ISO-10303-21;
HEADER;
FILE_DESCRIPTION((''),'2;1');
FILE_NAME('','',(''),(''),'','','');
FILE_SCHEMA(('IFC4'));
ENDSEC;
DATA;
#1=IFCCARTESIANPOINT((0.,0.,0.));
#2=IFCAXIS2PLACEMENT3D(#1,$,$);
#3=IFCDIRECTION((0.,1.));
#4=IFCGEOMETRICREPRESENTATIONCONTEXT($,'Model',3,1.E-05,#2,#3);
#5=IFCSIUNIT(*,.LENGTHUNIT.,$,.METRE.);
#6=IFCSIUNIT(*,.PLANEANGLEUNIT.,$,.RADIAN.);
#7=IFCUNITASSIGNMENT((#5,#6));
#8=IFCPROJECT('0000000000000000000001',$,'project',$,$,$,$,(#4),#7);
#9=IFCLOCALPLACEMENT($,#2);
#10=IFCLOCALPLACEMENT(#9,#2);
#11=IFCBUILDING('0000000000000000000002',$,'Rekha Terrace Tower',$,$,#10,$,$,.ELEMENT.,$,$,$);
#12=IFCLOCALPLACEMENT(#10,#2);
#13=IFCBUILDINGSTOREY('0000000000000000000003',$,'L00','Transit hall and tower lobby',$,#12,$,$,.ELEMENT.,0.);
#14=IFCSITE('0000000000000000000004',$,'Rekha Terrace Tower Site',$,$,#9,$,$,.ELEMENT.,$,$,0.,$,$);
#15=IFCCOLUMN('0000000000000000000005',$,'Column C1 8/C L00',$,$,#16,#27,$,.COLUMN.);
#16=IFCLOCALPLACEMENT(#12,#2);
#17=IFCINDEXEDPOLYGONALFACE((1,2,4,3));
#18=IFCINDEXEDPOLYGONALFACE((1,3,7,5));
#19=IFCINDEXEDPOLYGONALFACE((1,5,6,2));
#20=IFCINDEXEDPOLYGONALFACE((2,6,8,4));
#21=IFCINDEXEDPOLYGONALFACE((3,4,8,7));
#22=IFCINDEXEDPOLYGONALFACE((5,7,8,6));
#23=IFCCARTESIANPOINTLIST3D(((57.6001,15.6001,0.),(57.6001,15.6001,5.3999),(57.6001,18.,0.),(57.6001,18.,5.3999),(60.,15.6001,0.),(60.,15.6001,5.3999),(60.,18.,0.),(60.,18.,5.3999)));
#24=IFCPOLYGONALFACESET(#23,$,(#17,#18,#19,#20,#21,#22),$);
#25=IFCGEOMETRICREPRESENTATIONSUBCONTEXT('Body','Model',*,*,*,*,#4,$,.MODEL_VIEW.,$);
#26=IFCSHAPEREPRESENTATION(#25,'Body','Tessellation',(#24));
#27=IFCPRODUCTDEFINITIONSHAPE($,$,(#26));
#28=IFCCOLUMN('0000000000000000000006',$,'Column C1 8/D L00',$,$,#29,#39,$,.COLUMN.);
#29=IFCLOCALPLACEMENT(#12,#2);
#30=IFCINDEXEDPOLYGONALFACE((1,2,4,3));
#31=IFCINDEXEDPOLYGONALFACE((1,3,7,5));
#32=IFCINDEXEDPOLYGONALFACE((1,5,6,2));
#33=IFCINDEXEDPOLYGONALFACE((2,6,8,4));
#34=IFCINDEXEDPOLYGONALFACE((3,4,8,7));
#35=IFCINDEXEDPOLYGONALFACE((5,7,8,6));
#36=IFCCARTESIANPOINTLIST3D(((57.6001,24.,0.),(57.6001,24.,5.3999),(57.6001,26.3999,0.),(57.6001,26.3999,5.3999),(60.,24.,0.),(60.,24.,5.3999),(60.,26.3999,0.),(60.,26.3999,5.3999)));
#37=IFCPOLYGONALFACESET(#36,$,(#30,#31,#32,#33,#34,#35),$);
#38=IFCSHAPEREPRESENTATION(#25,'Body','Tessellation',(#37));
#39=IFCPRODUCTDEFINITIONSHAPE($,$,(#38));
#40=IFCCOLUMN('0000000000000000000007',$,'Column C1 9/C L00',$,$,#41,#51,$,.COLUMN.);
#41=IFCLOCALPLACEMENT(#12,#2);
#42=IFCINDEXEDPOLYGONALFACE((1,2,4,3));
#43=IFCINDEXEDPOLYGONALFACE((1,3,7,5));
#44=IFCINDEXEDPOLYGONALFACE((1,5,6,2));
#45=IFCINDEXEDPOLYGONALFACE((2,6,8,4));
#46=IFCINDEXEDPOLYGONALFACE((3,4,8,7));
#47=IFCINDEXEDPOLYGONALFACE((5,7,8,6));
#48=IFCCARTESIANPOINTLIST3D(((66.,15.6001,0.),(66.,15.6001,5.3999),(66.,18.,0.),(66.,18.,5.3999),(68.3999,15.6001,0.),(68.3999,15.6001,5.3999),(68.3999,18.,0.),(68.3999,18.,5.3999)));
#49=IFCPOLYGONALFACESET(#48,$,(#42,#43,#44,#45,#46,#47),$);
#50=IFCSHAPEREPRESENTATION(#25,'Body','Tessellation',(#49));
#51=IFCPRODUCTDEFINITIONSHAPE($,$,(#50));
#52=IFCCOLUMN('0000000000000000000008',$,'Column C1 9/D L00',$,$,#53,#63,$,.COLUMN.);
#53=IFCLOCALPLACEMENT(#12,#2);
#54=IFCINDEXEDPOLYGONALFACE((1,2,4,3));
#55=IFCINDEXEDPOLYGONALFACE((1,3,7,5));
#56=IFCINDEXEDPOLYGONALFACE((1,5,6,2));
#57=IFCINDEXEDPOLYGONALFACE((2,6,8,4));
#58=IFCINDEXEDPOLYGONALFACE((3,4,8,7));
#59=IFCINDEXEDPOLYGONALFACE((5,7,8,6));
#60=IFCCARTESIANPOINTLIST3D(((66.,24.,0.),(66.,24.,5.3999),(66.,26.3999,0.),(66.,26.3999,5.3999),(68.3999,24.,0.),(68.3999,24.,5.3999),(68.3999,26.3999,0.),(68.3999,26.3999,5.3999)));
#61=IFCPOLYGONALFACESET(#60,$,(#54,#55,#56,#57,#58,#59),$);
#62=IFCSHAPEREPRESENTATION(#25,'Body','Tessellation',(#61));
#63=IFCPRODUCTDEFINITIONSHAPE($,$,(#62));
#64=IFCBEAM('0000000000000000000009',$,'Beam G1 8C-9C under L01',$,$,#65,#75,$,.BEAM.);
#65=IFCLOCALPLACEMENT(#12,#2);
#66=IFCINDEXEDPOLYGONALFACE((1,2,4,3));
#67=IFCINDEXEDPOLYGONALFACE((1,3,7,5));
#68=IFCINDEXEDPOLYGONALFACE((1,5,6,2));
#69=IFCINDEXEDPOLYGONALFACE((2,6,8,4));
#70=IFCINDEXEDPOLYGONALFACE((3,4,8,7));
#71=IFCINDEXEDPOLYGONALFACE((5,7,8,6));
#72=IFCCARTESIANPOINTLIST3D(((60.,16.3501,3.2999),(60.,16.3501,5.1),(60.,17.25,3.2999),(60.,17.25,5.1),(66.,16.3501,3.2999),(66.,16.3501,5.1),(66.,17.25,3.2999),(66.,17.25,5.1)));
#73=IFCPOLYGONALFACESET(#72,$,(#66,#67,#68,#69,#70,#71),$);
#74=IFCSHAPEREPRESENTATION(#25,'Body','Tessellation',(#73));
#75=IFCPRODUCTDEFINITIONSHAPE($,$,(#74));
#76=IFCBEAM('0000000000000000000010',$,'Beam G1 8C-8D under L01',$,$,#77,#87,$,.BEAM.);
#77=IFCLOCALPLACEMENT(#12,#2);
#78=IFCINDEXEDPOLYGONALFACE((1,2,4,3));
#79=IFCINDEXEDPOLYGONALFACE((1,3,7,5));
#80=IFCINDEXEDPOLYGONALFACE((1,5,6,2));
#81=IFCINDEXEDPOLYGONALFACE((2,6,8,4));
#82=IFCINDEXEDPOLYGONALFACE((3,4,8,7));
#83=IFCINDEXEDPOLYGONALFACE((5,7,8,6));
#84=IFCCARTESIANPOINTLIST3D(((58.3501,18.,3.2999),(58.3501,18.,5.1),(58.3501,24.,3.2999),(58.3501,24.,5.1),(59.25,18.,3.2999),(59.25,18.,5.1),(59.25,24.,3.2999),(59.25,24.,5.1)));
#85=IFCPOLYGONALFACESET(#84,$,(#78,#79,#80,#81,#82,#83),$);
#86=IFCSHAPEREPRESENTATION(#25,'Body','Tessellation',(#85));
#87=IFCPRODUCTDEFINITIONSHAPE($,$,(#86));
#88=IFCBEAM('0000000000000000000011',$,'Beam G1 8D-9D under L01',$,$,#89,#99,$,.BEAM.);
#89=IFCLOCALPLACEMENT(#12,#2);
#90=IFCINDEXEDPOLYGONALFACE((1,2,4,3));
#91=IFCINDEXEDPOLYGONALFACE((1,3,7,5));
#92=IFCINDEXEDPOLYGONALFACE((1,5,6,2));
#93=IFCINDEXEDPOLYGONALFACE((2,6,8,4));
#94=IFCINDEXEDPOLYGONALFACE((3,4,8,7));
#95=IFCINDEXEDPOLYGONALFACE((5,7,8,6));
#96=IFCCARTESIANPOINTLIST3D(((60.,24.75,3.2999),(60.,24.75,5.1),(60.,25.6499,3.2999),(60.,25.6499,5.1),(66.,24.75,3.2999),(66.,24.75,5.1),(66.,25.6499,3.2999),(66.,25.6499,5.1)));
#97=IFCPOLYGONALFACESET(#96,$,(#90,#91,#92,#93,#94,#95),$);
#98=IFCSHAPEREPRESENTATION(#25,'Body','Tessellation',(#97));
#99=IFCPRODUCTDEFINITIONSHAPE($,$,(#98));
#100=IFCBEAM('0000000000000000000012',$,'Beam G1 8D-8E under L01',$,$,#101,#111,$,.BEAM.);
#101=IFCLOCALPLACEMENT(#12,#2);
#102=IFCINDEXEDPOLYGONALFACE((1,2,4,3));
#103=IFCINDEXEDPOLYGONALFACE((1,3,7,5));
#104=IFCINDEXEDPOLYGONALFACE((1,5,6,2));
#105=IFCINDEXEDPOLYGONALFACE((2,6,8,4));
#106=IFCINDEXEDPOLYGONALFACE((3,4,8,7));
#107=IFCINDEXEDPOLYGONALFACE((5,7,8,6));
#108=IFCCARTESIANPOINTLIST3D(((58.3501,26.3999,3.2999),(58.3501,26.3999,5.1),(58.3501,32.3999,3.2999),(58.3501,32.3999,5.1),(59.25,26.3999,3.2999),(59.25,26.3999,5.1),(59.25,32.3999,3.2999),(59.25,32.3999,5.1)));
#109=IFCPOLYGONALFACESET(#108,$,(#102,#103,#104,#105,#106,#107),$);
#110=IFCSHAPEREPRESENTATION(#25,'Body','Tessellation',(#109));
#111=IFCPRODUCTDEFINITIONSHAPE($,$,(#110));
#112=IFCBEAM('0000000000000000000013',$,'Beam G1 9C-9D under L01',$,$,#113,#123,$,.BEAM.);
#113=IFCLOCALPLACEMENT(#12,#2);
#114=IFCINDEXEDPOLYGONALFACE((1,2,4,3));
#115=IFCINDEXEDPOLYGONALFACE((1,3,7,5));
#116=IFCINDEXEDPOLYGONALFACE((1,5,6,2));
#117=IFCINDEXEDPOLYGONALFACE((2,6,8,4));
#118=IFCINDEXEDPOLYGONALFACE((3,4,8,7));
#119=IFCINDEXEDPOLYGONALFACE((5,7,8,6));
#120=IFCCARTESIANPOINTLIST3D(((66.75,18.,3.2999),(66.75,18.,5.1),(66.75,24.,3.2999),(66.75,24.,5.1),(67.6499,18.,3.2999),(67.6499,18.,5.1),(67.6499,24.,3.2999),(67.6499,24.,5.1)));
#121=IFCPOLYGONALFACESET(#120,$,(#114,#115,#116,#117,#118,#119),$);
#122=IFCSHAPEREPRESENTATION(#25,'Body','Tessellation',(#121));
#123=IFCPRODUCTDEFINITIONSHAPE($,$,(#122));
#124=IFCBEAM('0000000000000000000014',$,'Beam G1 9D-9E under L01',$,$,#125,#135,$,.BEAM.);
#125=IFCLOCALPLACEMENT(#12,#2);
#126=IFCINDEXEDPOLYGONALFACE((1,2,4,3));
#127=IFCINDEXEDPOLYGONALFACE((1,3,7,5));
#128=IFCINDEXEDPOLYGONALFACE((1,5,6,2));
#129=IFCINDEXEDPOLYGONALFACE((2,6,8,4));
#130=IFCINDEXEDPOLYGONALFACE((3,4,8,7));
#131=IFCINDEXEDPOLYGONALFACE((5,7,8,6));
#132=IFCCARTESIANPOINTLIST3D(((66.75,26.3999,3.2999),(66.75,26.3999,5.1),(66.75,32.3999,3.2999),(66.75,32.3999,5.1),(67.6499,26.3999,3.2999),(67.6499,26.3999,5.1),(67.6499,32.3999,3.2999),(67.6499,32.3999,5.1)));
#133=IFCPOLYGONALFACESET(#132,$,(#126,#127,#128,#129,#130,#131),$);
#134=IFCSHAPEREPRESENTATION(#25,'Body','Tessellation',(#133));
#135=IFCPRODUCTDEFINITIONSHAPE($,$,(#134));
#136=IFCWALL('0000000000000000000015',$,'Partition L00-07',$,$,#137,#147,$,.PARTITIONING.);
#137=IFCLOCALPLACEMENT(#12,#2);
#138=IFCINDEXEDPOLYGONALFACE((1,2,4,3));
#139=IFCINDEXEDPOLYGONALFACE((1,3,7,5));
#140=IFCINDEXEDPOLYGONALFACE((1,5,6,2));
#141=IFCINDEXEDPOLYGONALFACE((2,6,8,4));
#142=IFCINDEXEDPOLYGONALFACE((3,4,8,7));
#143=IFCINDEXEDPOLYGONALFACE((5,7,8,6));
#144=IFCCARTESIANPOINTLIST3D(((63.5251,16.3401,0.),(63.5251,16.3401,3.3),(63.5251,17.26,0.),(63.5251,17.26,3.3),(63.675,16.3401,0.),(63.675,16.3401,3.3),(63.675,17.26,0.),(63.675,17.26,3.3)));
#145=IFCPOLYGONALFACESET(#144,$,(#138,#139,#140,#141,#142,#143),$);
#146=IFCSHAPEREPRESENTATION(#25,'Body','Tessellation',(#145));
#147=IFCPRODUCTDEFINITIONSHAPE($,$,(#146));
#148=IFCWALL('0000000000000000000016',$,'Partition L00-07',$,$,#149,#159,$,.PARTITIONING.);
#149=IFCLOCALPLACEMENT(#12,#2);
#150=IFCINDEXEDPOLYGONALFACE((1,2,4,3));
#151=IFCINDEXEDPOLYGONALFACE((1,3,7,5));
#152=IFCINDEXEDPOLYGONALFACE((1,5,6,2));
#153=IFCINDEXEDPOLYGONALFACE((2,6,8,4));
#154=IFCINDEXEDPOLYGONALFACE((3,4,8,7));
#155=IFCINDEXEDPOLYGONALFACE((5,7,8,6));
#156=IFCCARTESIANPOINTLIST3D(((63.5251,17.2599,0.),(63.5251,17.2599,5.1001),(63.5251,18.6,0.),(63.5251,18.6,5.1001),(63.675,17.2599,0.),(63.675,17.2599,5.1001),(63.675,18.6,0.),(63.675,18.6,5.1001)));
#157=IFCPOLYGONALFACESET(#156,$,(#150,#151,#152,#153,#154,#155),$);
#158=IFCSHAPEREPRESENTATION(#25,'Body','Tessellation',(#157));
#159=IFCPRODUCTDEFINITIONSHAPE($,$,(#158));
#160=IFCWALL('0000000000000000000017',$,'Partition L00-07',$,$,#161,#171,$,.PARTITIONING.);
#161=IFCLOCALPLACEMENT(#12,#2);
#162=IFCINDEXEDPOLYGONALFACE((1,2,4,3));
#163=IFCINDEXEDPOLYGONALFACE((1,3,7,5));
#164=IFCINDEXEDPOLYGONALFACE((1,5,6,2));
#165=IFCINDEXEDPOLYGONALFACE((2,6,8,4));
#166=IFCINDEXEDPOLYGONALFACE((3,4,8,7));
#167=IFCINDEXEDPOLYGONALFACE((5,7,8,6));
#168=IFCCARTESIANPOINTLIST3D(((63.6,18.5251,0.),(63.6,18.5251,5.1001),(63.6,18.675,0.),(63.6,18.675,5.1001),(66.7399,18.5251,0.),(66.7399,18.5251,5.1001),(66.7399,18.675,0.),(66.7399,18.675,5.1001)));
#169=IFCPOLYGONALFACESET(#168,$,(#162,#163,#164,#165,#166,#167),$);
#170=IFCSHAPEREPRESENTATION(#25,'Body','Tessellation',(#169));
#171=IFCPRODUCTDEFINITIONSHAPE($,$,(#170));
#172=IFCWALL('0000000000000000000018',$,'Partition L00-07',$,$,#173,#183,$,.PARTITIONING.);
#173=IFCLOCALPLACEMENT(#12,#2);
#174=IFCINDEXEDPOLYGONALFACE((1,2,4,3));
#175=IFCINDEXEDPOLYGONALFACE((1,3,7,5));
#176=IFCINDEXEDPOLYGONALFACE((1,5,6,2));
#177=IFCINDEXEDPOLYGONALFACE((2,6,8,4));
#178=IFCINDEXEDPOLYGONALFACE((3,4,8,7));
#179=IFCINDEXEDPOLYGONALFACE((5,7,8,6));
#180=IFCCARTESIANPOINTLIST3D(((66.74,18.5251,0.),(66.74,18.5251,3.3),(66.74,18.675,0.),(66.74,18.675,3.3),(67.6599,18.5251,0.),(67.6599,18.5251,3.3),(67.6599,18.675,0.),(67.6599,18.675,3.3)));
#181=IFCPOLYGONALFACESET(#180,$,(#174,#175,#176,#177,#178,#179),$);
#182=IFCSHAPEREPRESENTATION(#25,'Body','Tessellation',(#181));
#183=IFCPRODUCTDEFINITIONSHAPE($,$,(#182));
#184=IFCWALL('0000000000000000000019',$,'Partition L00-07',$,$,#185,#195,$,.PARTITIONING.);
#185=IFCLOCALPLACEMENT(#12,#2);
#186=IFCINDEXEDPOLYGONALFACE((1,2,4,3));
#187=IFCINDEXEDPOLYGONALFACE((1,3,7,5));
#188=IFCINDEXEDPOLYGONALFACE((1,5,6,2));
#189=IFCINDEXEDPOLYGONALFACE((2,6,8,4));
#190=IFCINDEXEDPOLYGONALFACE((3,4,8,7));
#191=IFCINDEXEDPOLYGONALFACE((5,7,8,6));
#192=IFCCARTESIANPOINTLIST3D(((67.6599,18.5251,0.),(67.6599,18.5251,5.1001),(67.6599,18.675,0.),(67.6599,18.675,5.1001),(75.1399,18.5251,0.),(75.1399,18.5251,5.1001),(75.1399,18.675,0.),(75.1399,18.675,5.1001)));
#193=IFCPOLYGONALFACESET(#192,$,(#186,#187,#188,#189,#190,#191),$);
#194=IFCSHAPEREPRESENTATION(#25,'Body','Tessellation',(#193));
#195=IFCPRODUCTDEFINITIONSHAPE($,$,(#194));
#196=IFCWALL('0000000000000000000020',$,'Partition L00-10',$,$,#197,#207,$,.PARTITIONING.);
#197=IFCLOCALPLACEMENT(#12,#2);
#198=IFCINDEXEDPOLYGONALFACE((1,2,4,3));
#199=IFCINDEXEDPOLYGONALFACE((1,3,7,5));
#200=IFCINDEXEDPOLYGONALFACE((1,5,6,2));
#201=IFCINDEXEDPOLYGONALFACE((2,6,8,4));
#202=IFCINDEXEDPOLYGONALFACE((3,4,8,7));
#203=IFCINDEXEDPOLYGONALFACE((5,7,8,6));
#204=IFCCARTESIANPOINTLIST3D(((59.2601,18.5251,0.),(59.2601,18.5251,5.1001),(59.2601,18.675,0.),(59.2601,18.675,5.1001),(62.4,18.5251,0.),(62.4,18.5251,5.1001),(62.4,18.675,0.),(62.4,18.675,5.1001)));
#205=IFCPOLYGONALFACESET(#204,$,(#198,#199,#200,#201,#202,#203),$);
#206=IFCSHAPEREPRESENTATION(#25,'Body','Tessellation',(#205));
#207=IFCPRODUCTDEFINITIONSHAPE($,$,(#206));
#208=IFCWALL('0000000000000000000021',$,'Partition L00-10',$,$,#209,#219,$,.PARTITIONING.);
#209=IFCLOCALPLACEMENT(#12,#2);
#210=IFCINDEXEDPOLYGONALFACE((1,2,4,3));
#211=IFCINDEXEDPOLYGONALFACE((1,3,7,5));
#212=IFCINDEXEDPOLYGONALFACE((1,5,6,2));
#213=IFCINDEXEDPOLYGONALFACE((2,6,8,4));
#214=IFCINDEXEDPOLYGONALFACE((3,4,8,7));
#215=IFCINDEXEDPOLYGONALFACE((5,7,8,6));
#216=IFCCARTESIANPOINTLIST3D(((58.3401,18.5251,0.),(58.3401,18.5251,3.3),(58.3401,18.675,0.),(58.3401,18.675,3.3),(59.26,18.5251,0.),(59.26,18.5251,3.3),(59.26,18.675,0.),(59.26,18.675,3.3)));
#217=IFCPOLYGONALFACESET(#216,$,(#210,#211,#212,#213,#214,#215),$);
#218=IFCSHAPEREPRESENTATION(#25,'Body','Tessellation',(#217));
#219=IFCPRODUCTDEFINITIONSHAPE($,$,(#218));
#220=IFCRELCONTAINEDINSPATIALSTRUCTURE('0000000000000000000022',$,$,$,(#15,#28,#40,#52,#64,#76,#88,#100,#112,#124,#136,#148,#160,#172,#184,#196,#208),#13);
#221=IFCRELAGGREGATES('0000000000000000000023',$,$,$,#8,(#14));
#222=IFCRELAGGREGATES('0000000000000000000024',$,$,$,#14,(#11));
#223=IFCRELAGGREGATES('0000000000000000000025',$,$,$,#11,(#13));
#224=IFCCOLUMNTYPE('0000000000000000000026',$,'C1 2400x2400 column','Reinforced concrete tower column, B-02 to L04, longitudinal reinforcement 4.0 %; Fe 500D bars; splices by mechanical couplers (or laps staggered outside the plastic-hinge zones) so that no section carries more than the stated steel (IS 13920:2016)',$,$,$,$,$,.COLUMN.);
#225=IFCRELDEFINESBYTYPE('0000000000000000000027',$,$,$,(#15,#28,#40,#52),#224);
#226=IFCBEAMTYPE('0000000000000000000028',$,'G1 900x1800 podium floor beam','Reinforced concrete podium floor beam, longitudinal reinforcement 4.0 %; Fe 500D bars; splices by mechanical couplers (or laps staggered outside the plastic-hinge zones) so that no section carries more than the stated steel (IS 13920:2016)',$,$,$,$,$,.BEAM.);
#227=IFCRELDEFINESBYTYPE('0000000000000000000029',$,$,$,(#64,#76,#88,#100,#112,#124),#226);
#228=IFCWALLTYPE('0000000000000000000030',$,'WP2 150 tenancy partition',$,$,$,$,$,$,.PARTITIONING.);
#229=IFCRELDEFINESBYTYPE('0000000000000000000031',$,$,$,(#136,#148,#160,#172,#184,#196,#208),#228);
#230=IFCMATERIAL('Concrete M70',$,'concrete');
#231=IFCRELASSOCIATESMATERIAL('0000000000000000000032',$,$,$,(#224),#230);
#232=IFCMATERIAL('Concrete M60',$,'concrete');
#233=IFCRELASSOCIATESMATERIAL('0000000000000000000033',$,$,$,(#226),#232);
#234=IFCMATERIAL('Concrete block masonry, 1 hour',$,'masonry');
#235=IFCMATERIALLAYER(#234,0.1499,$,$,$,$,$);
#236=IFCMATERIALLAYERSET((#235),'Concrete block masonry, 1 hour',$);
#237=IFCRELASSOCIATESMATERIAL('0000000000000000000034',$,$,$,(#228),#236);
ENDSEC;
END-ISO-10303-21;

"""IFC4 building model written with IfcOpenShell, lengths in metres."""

from ifc_helpers import new_model, si_unit, direction, frame, frame_2d, origin, origin_2d, place, context, subcontext, project, spatial, rectangle, extrude, material, layer, layer_set, material_profile, profile_set, type_object, element, save


model = new_model("IFC4")

# Units and contexts
model_context = context("Model", 3, precision=1e-05, world=origin(), true_north=direction((0.0, 1.0)))
body_context = subcontext(model_context, "Body", "Model", "MODEL_VIEW")
ifc_project = project(units=[si_unit("LENGTHUNIT", "METRE"), si_unit("PLANEANGLEUNIT", "RADIAN")], contexts=[model_context])

# Site, building, storey
site_placement = place(None, origin())
site = spatial("IfcSite", under=ifc_project, at=site_placement, Name="Rekha Terrace Tower Site", CompositionType="ELEMENT", RefElevation=0.0)
building_placement = place(site_placement, origin())
building = spatial("IfcBuilding", under=site, at=building_placement, Name="Rekha Terrace Tower", CompositionType="ELEMENT")
storey_placement = place(building_placement, origin())
storey = spatial("IfcBuildingStorey", under=building, at=storey_placement, Name="L00", Description="Transit hall and tower lobby", CompositionType="ELEMENT", Elevation=0.0)

# Columns
ifc_material_1 = material(Name="Concrete M70", Category="concrete")
ifc_material_profile_1 = material_profile(ifc_material_1, rectangle(XDim=2.3999, YDim=2.3999, at=origin_2d()), Name="RC 2400x2400")
ifc_profile_set_1 = profile_set([ifc_material_profile_1], Name="Concrete M70")
column_type = type_object("IfcColumnType", Name="C1 2400x2400 column", Description="Reinforced concrete tower column, B-02 to L04, longitudinal reinforcement 4.0 %; Fe 500D bars; splices by mechanical couplers (or laps staggered outside the plastic-hinge zones) so that no section carries more than the stated steel (IS 13920:2016)", PredefinedType="COLUMN", material=ifc_profile_set_1)
for number, where, z_axis, x_axis, name in (
    (1, (58.8, 16.8, 0.0), (0.0, 0.0, 1.0), (1.0, 0.0, 0.0), "Column C1 8/C L00"),
    (2, (58.8, 25.2, 0.0), (0.0, 0.0, 1.0), (1.0, 0.0, 0.0), "Column C1 8/D L00"),
    (3, (67.2, 16.8, 0.0), (0.0, 0.0, 1.0), (1.0, 0.0, 0.0), "Column C1 9/C L00"),
    (4, (67.2, 25.2, 0.0), (0.0, 0.0, 1.0), (1.0, 0.0, 0.0), "Column C1 9/D L00"),
):
    element("IfcColumn", number, at=place(storey_placement, frame(where, z_axis=z_axis, x_axis=x_axis)), inside=storey, type_object=column_type, Name=name, PredefinedType="COLUMN", context=body_context, shape_type="SweptSolid", body=[
        extrude(rectangle(XDim=2.3999, YDim=2.3999, at=origin_2d()), origin(), (0.0, 0.0, 1.0), 5.3999),
    ])

# Beams
ifc_material_2 = material(Name="Concrete M60", Category="concrete")
ifc_material_profile_2 = material_profile(ifc_material_2, rectangle(XDim=0.8999, YDim=1.8, at=origin_2d()), Name="RC 900x1800")
ifc_profile_set_2 = profile_set([ifc_material_profile_2], Name="Concrete M60")
beam_type = type_object("IfcBeamType", Name="G1 900x1800 podium floor beam", Description="Reinforced concrete podium floor beam, longitudinal reinforcement 4.0 %; Fe 500D bars; splices by mechanical couplers (or laps staggered outside the plastic-hinge zones) so that no section carries more than the stated steel (IS 13920:2016)", PredefinedType="BEAM", material=ifc_profile_set_2)
for number, where, z_axis, x_axis, name in (
    (5, (60.0, 16.8, 4.2), (1.0, 0.0, 0.0), (0.0, 1.0, 0.0), "Beam G1 8C-9C under L01"),
    (6, (58.8, 18.0, 4.2), (0.0, 1.0, 0.0), (-1.0, 0.0, 0.0), "Beam G1 8C-8D under L01"),
    (7, (60.0, 25.2, 4.2), (1.0, 0.0, 0.0), (0.0, 1.0, 0.0), "Beam G1 8D-9D under L01"),
    (8, (58.8, 26.3999, 4.2), (0.0, 1.0, 0.0), (-1.0, 0.0, 0.0), "Beam G1 8D-8E under L01"),
    (9, (67.2, 18.0, 4.2), (0.0, 1.0, 0.0), (-1.0, 0.0, 0.0), "Beam G1 9C-9D under L01"),
    (10, (67.2, 26.3999, 4.2), (0.0, 1.0, 0.0), (-1.0, 0.0, 0.0), "Beam G1 9D-9E under L01"),
):
    element("IfcBeam", number, at=place(storey_placement, frame(where, z_axis=z_axis, x_axis=x_axis)), inside=storey, type_object=beam_type, Name=name, PredefinedType="BEAM", context=body_context, shape_type="SweptSolid", body=[
        extrude(rectangle(XDim=0.8999, YDim=1.8, at=origin_2d()), origin(), (0.0, 0.0, 1.0), 6.0),
    ])

# Shared definitions
ifc_material_3 = material(Name="Concrete block masonry, 1 hour", Category="masonry")
ifc_layer_1 = layer(ifc_material_3, 0.1499)
ifc_layer_set_1 = layer_set([ifc_layer_1], Name="Concrete block masonry, 1 hour")
wall_type_1 = type_object("IfcWallType", Name="WP2 150 tenancy partition", PredefinedType="PARTITIONING", material=ifc_layer_set_1)

# Walls
wall_1_placement = place(storey_placement, frame((63.6001, 16.3401, 0.0), z_axis=(0.0, 0.0, 1.0), x_axis=(0.0, 1.0, 0.0)))
element("IfcWall", 11, at=wall_1_placement, inside=storey, type_object=wall_type_1, Name="Partition L00-07", PredefinedType="PARTITIONING", context=body_context, shape_type="SweptSolid", body=[
    extrude(rectangle(XDim=0.9199, YDim=0.1499, at=frame_2d((0.46, 0.0))), origin(), (0.0, 0.0, 1.0), 3.3),
])
wall_2_placement = place(storey_placement, frame((63.6001, 17.26, 0.0), z_axis=(0.0, 0.0, 1.0), x_axis=(0.0, 1.0, 0.0)))
element("IfcWall", 12, at=wall_2_placement, inside=storey, type_object=wall_type_1, Name="Partition L00-07", PredefinedType="PARTITIONING", context=body_context, shape_type="SweptSolid", body=[
    extrude(rectangle(XDim=1.3401, YDim=0.1499, at=frame_2d((0.6699, 0.0))), origin(), (0.0, 0.0, 1.0), 5.1001),
])
wall_3_placement = place(storey_placement, frame((63.6001, 18.6001, 0.0), z_axis=(0.0, 0.0, 1.0), x_axis=(1.0, 0.0, 0.0)))
element("IfcWall", 13, at=wall_3_placement, inside=storey, type_object=wall_type_1, Name="Partition L00-07", PredefinedType="PARTITIONING", context=body_context, shape_type="SweptSolid", body=[
    extrude(rectangle(XDim=3.1399, YDim=0.1499, at=frame_2d((1.5698, 0.0))), origin(), (0.0, 0.0, 1.0), 5.1001),
])
wall_4_placement = place(storey_placement, frame((66.74, 18.6001, 0.0), z_axis=(0.0, 0.0, 1.0), x_axis=(1.0, 0.0, 0.0)))
element("IfcWall", 14, at=wall_4_placement, inside=storey, type_object=wall_type_1, Name="Partition L00-07", PredefinedType="PARTITIONING", context=body_context, shape_type="SweptSolid", body=[
    extrude(rectangle(XDim=0.9199, YDim=0.1499, at=frame_2d((0.46, 0.0))), origin(), (0.0, 0.0, 1.0), 3.3),
])
wall_5_placement = place(storey_placement, frame((67.6599, 18.6001, 0.0), z_axis=(0.0, 0.0, 1.0), x_axis=(1.0, 0.0, 0.0)))
element("IfcWall", 15, at=wall_5_placement, inside=storey, type_object=wall_type_1, Name="Partition L00-07", PredefinedType="PARTITIONING", context=body_context, shape_type="SweptSolid", body=[
    extrude(rectangle(XDim=7.48, YDim=0.1499, at=frame_2d((3.74, 0.0))), origin(), (0.0, 0.0, 1.0), 5.1001),
])

# Walls
wall_6_placement = place(storey_placement, frame((62.3999, 18.6001, 0.0), z_axis=(0.0, 0.0, 1.0), x_axis=(-1.0, 0.0, 0.0)))
element("IfcWall", 16, at=wall_6_placement, inside=storey, type_object=wall_type_1, Name="Partition L00-10", PredefinedType="PARTITIONING", context=body_context, shape_type="SweptSolid", body=[
    extrude(rectangle(XDim=3.1399, YDim=0.1499, at=frame_2d((1.5698, 0.0))), origin(), (0.0, 0.0, 1.0), 5.1001),
])
wall_7_placement = place(storey_placement, frame((59.26, 18.6001, 0.0), z_axis=(0.0, 0.0, 1.0), x_axis=(-1.0, 0.0, 0.0)))
element("IfcWall", 17, at=wall_7_placement, inside=storey, type_object=wall_type_1, Name="Partition L00-10", PredefinedType="PARTITIONING", context=body_context, shape_type="SweptSolid", body=[
    extrude(rectangle(XDim=0.9199, YDim=0.1499, at=frame_2d((0.46, 0.0))), origin(), (0.0, 0.0, 1.0), 3.3),
])

save(model, "model.ifc")
